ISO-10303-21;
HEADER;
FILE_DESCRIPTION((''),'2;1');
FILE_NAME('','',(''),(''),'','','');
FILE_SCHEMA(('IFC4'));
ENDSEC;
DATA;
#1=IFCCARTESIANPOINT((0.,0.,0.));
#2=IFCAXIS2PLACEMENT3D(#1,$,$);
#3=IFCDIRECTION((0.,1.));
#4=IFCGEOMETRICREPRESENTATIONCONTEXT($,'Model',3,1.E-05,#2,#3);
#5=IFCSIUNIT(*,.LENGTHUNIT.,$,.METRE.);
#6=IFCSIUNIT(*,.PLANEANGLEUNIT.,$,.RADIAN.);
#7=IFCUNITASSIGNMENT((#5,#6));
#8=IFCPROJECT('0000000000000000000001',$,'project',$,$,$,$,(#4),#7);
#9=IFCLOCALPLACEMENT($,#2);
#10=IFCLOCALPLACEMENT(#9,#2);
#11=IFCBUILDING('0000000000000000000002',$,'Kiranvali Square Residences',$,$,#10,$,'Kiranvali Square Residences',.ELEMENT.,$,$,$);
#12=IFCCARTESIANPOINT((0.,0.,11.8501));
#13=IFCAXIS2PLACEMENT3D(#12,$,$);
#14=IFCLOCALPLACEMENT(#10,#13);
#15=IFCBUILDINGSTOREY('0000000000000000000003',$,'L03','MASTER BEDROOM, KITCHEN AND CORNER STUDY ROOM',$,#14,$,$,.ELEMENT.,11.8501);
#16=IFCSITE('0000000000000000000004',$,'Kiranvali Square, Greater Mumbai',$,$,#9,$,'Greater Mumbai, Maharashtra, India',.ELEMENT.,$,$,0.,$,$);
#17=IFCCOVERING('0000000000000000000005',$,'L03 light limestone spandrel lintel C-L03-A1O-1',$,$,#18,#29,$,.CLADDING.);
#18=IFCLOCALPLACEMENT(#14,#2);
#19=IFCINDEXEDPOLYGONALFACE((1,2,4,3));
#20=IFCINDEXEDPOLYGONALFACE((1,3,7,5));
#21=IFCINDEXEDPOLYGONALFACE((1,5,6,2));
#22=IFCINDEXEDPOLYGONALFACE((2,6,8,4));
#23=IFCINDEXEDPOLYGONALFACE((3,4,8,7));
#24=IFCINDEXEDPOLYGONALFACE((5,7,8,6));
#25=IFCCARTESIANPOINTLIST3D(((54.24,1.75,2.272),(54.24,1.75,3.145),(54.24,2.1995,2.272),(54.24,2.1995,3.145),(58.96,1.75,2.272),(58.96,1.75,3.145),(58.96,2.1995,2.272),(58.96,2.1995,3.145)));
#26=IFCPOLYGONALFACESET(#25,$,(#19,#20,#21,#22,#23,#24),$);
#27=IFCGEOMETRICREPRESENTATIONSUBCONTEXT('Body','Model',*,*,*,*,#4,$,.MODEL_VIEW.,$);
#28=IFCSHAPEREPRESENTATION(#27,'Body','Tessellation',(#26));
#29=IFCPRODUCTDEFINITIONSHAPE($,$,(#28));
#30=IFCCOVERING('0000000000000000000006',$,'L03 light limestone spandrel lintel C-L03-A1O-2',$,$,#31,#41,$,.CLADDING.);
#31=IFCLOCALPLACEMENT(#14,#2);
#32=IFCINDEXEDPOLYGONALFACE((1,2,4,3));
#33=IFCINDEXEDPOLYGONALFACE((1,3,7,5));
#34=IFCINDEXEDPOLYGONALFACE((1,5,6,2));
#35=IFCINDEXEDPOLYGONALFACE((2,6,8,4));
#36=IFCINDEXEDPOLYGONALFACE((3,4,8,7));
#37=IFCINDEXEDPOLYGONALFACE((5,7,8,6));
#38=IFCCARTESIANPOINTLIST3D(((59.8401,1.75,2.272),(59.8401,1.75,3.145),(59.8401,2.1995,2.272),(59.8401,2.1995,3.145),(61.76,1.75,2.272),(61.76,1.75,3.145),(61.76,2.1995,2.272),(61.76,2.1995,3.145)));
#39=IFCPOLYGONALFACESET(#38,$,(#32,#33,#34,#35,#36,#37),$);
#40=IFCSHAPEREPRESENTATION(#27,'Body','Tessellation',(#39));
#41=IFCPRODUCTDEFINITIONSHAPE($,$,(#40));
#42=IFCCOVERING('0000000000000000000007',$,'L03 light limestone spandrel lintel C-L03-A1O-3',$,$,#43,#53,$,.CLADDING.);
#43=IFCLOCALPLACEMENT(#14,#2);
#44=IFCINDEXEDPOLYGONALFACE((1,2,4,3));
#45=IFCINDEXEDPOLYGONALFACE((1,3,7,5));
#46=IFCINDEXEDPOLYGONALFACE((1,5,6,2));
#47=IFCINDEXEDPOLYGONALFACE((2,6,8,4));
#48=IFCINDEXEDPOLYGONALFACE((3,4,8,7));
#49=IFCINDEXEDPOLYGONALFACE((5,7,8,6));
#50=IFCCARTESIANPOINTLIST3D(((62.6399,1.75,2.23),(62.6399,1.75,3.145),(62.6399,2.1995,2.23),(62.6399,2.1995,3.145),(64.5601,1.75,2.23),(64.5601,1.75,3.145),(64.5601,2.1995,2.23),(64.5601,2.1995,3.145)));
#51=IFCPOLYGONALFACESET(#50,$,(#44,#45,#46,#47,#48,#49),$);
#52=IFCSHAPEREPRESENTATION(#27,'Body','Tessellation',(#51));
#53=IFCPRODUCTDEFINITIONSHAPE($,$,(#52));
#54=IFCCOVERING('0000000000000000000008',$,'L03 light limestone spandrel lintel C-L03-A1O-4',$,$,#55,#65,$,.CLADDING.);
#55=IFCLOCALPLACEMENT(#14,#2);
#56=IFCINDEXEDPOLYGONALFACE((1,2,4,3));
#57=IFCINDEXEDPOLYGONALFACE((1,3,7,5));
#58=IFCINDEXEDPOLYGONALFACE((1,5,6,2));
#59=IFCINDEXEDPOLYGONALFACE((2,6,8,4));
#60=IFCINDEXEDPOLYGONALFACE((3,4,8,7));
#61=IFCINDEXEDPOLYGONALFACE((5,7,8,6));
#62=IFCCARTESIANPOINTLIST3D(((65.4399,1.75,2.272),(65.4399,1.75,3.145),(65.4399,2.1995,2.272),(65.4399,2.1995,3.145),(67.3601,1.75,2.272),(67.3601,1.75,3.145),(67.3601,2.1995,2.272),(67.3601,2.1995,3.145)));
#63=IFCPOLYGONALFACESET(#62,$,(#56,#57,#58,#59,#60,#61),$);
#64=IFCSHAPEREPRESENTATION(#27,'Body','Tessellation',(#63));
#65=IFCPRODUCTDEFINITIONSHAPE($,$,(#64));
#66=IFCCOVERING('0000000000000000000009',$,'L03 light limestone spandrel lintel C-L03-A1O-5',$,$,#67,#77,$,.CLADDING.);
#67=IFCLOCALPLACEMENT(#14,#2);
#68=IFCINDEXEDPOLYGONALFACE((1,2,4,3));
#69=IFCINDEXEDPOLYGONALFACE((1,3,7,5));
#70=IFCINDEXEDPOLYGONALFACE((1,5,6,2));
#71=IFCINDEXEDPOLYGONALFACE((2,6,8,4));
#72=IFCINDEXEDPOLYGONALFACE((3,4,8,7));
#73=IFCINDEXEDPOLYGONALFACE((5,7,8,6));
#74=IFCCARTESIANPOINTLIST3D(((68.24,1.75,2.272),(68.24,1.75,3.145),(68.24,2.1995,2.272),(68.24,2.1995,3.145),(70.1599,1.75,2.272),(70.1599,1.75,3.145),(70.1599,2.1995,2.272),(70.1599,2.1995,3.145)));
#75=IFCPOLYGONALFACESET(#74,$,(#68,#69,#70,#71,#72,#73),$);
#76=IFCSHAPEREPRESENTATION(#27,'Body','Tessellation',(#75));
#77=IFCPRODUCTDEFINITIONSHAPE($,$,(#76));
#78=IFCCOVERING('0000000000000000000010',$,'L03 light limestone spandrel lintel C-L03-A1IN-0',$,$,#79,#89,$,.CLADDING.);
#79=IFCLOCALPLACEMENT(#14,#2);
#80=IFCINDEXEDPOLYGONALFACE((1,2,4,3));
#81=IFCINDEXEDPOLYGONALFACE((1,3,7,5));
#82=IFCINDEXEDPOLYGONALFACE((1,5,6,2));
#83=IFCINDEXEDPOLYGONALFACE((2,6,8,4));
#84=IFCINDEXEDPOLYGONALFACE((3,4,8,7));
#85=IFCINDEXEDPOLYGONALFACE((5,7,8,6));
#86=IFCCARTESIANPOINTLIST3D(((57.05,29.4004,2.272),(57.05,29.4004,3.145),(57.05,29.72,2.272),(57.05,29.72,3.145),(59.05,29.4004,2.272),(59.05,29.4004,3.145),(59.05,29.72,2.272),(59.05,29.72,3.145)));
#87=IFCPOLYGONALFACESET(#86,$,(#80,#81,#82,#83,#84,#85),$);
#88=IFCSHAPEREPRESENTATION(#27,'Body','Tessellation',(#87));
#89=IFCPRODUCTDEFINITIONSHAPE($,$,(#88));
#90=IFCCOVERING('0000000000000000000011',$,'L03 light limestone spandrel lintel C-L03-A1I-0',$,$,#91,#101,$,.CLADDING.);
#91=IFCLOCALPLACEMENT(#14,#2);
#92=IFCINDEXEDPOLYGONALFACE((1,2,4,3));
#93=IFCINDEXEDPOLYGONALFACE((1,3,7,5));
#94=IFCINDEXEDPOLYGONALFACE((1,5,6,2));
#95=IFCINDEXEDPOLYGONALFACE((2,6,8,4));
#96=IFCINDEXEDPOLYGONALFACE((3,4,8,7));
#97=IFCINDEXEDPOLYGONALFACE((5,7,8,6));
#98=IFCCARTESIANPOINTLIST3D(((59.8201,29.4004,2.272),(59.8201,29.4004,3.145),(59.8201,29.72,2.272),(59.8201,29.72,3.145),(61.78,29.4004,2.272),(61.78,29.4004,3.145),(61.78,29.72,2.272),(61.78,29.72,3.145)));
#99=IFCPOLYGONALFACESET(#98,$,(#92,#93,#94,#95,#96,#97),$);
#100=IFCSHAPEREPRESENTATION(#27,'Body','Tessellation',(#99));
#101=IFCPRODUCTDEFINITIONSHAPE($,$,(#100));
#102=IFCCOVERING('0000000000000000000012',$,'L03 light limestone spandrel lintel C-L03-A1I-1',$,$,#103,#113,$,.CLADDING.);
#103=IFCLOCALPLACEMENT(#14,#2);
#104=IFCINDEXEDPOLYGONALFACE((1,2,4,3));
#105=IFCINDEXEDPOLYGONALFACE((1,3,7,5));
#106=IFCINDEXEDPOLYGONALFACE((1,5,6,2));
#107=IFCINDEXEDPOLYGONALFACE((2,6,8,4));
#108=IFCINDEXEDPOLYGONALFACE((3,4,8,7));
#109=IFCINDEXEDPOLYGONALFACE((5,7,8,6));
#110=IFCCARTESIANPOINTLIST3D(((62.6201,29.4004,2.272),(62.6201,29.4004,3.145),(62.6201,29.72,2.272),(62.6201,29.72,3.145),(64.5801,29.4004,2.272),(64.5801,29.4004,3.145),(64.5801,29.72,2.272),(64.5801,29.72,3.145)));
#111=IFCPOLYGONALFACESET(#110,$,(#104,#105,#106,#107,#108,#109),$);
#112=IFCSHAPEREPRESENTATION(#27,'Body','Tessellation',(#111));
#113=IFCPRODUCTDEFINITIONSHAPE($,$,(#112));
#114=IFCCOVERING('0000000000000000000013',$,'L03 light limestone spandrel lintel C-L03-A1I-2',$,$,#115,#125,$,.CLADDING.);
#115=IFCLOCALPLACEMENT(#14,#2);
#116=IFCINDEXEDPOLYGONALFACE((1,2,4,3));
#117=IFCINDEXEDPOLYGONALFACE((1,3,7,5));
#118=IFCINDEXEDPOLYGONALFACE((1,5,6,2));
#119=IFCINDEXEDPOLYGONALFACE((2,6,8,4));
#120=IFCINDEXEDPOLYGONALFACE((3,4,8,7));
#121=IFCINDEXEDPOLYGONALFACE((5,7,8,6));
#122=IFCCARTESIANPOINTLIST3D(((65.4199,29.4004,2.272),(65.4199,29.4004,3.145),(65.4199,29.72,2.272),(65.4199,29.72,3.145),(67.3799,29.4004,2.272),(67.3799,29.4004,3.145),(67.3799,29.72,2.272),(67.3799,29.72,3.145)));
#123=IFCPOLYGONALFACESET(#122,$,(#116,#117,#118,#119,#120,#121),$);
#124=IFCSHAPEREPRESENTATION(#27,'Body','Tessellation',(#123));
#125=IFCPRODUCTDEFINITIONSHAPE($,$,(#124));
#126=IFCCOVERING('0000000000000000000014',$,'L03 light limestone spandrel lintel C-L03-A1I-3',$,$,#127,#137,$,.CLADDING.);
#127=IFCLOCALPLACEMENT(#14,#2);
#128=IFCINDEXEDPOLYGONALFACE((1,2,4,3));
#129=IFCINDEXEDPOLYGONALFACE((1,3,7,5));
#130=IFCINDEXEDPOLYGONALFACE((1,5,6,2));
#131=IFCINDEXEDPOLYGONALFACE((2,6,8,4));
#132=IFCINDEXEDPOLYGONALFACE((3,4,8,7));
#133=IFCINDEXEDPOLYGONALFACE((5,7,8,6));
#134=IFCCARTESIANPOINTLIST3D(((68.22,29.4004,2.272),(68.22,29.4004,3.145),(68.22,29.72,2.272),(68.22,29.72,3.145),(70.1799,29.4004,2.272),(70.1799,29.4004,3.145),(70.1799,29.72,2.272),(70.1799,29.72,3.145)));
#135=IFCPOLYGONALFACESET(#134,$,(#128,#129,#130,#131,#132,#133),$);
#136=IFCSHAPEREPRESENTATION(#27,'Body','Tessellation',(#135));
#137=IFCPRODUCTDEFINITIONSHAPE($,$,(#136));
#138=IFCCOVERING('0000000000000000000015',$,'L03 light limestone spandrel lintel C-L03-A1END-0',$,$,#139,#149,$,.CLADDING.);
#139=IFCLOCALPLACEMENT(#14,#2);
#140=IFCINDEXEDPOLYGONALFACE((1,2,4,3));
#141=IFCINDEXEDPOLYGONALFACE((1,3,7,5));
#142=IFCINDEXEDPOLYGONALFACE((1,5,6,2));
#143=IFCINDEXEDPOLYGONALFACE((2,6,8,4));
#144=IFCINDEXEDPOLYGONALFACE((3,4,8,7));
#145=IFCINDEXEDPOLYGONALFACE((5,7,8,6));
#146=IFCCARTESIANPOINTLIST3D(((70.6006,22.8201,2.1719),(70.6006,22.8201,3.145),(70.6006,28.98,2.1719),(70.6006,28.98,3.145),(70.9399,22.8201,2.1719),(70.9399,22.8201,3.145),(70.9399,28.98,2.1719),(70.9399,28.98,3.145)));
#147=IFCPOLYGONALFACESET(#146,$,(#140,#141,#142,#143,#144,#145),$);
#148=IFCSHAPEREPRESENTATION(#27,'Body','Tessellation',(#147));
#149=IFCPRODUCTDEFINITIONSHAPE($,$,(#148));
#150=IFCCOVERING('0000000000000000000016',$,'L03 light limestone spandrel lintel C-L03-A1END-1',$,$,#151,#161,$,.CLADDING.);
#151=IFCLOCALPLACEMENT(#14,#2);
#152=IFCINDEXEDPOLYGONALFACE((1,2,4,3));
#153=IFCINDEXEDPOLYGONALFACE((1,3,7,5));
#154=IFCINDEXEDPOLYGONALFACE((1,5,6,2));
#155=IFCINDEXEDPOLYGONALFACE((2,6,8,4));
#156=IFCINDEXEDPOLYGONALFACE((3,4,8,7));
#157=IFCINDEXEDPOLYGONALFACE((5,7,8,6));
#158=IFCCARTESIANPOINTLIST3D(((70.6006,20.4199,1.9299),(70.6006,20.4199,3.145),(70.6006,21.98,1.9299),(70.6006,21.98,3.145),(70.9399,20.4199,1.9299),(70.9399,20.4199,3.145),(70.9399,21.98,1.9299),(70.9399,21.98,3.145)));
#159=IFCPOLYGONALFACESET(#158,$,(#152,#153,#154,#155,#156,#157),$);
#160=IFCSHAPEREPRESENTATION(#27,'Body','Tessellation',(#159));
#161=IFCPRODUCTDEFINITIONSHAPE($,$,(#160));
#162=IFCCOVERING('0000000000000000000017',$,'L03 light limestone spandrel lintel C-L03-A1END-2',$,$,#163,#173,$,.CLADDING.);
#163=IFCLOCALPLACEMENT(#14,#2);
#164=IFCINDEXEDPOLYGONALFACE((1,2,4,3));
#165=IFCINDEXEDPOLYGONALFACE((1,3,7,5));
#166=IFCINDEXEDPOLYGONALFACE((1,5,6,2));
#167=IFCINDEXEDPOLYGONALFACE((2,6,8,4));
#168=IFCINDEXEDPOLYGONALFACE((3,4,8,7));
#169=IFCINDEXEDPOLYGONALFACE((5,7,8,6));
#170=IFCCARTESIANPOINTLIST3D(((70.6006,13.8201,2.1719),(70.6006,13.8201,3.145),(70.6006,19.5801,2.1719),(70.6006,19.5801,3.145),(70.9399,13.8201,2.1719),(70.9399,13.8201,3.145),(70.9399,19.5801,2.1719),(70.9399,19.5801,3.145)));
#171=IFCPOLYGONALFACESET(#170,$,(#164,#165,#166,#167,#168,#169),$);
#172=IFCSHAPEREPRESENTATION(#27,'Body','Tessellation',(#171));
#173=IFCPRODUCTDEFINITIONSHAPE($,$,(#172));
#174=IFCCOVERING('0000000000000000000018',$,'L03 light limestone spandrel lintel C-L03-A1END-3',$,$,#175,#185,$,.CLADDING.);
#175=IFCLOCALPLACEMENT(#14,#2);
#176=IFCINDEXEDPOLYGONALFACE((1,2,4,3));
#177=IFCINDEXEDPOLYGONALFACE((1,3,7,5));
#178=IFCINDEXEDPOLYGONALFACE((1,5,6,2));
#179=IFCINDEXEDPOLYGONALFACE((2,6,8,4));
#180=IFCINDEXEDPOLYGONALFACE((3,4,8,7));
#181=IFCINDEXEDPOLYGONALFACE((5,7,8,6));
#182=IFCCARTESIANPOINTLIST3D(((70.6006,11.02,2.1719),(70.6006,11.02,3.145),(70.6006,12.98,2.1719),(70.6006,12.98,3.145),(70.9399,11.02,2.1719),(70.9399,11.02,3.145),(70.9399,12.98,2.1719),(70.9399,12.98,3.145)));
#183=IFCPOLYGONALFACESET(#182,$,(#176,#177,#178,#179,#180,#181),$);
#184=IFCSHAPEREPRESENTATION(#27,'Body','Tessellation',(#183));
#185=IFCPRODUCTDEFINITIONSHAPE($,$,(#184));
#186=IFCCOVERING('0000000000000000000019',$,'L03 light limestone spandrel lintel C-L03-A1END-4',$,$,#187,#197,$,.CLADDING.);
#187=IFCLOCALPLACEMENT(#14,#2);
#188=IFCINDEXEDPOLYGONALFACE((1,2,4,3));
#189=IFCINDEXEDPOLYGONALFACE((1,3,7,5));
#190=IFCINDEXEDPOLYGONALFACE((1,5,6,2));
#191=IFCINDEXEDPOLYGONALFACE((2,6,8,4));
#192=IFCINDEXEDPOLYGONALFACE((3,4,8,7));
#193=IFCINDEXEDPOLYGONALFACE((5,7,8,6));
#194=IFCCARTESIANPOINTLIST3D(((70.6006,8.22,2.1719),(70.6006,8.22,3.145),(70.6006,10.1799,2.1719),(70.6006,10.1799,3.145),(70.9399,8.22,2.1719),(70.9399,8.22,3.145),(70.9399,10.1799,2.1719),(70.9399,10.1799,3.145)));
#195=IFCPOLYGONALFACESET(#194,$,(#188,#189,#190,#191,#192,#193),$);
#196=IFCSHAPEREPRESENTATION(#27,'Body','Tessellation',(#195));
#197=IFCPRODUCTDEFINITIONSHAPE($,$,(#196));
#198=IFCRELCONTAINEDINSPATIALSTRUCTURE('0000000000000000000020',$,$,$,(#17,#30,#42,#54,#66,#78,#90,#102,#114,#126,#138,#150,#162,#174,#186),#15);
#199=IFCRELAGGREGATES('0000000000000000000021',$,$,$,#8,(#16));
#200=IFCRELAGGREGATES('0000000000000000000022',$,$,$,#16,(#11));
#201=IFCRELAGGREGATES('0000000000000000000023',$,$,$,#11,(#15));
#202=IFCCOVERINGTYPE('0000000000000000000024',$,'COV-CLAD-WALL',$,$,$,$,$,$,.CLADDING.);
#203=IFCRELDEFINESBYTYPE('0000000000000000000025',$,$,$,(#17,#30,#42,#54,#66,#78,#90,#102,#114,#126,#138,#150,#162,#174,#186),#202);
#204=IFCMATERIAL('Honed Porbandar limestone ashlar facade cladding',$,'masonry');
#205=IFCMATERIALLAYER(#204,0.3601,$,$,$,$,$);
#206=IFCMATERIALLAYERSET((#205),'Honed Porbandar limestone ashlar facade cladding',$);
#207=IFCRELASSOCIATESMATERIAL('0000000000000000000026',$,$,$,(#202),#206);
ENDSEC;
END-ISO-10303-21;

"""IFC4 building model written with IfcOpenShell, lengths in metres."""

from ifc_helpers import new_model, si_unit, direction, frame, origin, place, context, subcontext, project, spatial, polyline, outline, extrude, material, layer, layer_set, type_object, element, save


model = new_model("IFC4")

# Units and contexts
model_context = context("Model", 3, precision=1e-05, world=origin(), true_north=direction((0.0, 1.0)))
body_context = subcontext(model_context, "Body", "Model", "MODEL_VIEW")
ifc_project = project(units=[si_unit("LENGTHUNIT", "METRE"), si_unit("PLANEANGLEUNIT", "RADIAN")], contexts=[model_context])

# Site, building, storey
site_placement = place(None, origin())
site = spatial("IfcSite", under=ifc_project, at=site_placement, Name="Kiranvali Square, Greater Mumbai", LongName="Greater Mumbai, Maharashtra, India", CompositionType="ELEMENT", RefElevation=0.0)
building_placement = place(site_placement, origin())
building = spatial("IfcBuilding", under=site, at=building_placement, Name="Kiranvali Square Residences", LongName="Kiranvali Square Residences", CompositionType="ELEMENT")
storey_placement = place(building_placement, frame((0.0, 0.0, 11.8501)))
storey = spatial("IfcBuildingStorey", under=building, at=storey_placement, Name="L03", Description="MASTER BEDROOM, KITCHEN AND CORNER STUDY ROOM", CompositionType="ELEMENT", Elevation=11.8501)

# Coverings
ifc_material = material(Name="Honed Porbandar limestone ashlar facade cladding", Category="masonry")
ifc_layer_1 = layer(ifc_material, 0.3601)
ifc_layer_set_1 = layer_set([ifc_layer_1], Name="Honed Porbandar limestone ashlar facade cladding")
covering_type_1 = type_object("IfcCoveringType", Name="COV-CLAD-WALL", PredefinedType="CLADDING", material=ifc_layer_set_1)
covering_1_placement = place(storey_placement, frame((0.0, 0.0, 2.272)))
element("IfcCovering", 1, at=covering_1_placement, inside=storey, type_object=covering_type_1, Name="L03 light limestone spandrel lintel C-L03-A1O-1", PredefinedType="CLADDING", context=body_context, shape_type="SweptSolid", body=[
    extrude(outline(polyline([(54.24, 1.75), (58.96, 1.75), (58.96, 2.1995), (54.24, 2.1995), (54.24, 1.75)])), origin(), (0.0, 0.0, 1.0), 0.873),
])
covering_2_placement = place(storey_placement, frame((0.0, 0.0, 2.272)))
element("IfcCovering", 2, at=covering_2_placement, inside=storey, type_object=covering_type_1, Name="L03 light limestone spandrel lintel C-L03-A1O-2", PredefinedType="CLADDING", context=body_context, shape_type="SweptSolid", body=[
    extrude(outline(polyline([(59.8401, 1.75), (61.76, 1.75), (61.76, 2.1995), (59.8401, 2.1995), (59.8401, 1.75)])), origin(), (0.0, 0.0, 1.0), 0.873),
])
covering_3_placement = place(storey_placement, frame((0.0, 0.0, 2.23)))
element("IfcCovering", 3, at=covering_3_placement, inside=storey, type_object=covering_type_1, Name="L03 light limestone spandrel lintel C-L03-A1O-3", PredefinedType="CLADDING", context=body_context, shape_type="SweptSolid", body=[
    extrude(outline(polyline([(62.6399, 1.75), (64.5601, 1.75), (64.5601, 2.1995), (62.6399, 2.1995), (62.6399, 1.75)])), origin(), (0.0, 0.0, 1.0), 0.915),
])
covering_4_placement = place(storey_placement, frame((0.0, 0.0, 2.272)))
element("IfcCovering", 4, at=covering_4_placement, inside=storey, type_object=covering_type_1, Name="L03 light limestone spandrel lintel C-L03-A1O-4", PredefinedType="CLADDING", context=body_context, shape_type="SweptSolid", body=[
    extrude(outline(polyline([(65.4399, 1.75), (67.3601, 1.75), (67.3601, 2.1995), (65.4399, 2.1995), (65.4399, 1.75)])), origin(), (0.0, 0.0, 1.0), 0.873),
])
covering_5_placement = place(storey_placement, frame((0.0, 0.0, 2.272)))
element("IfcCovering", 5, at=covering_5_placement, inside=storey, type_object=covering_type_1, Name="L03 light limestone spandrel lintel C-L03-A1O-5", PredefinedType="CLADDING", context=body_context, shape_type="SweptSolid", body=[
    extrude(outline(polyline([(68.24, 1.75), (70.1599, 1.75), (70.1599, 2.1995), (68.24, 2.1995), (68.24, 1.75)])), origin(), (0.0, 0.0, 1.0), 0.873),
])
covering_6_placement = place(storey_placement, frame((0.0, 0.0, 2.272)))
element("IfcCovering", 6, at=covering_6_placement, inside=storey, type_object=covering_type_1, Name="L03 light limestone spandrel lintel C-L03-A1IN-0", PredefinedType="CLADDING", context=body_context, shape_type="SweptSolid", body=[
    extrude(outline(polyline([(57.05, 29.4004), (59.05, 29.4004), (59.05, 29.72), (57.05, 29.72), (57.05, 29.4004)])), origin(), (0.0, 0.0, 1.0), 0.873),
])
covering_7_placement = place(storey_placement, frame((0.0, 0.0, 2.272)))
element("IfcCovering", 7, at=covering_7_placement, inside=storey, type_object=covering_type_1, Name="L03 light limestone spandrel lintel C-L03-A1I-0", PredefinedType="CLADDING", context=body_context, shape_type="SweptSolid", body=[
    extrude(outline(polyline([(59.8201, 29.4004), (61.78, 29.4004), (61.78, 29.72), (59.8201, 29.72), (59.8201, 29.4004)])), origin(), (0.0, 0.0, 1.0), 0.873),
])
covering_8_placement = place(storey_placement, frame((0.0, 0.0, 2.272)))
element("IfcCovering", 8, at=covering_8_placement, inside=storey, type_object=covering_type_1, Name="L03 light limestone spandrel lintel C-L03-A1I-1", PredefinedType="CLADDING", context=body_context, shape_type="SweptSolid", body=[
    extrude(outline(polyline([(62.6201, 29.4004), (64.5801, 29.4004), (64.5801, 29.72), (62.6201, 29.72), (62.6201, 29.4004)])), origin(), (0.0, 0.0, 1.0), 0.873),
])
covering_9_placement = place(storey_placement, frame((0.0, 0.0, 2.272)))
element("IfcCovering", 9, at=covering_9_placement, inside=storey, type_object=covering_type_1, Name="L03 light limestone spandrel lintel C-L03-A1I-2", PredefinedType="CLADDING", context=body_context, shape_type="SweptSolid", body=[
    extrude(outline(polyline([(65.4199, 29.4004), (67.3799, 29.4004), (67.3799, 29.72), (65.4199, 29.72), (65.4199, 29.4004)])), origin(), (0.0, 0.0, 1.0), 0.873),
])
covering_10_placement = place(storey_placement, frame((0.0, 0.0, 2.272)))
element("IfcCovering", 10, at=covering_10_placement, inside=storey, type_object=covering_type_1, Name="L03 light limestone spandrel lintel C-L03-A1I-3", PredefinedType="CLADDING", context=body_context, shape_type="SweptSolid", body=[
    extrude(outline(polyline([(68.22, 29.4004), (70.1799, 29.4004), (70.1799, 29.72), (68.22, 29.72), (68.22, 29.4004)])), origin(), (0.0, 0.0, 1.0), 0.873),
])
covering_11_placement = place(storey_placement, frame((0.0, 0.0, 2.1719)))
element("IfcCovering", 11, at=covering_11_placement, inside=storey, type_object=covering_type_1, Name="L03 light limestone spandrel lintel C-L03-A1END-0", PredefinedType="CLADDING", context=body_context, shape_type="SweptSolid", body=[
    extrude(outline(polyline([(70.6006, 28.98), (70.6006, 22.8201), (70.9399, 22.8201), (70.9399, 28.98), (70.6006, 28.98)])), origin(), (0.0, 0.0, 1.0), 0.9731),
])
covering_12_placement = place(storey_placement, frame((0.0, 0.0, 1.9299)))
element("IfcCovering", 12, at=covering_12_placement, inside=storey, type_object=covering_type_1, Name="L03 light limestone spandrel lintel C-L03-A1END-1", PredefinedType="CLADDING", context=body_context, shape_type="SweptSolid", body=[
    extrude(outline(polyline([(70.6006, 21.98), (70.6006, 20.4199), (70.9399, 20.4199), (70.9399, 21.98), (70.6006, 21.98)])), origin(), (0.0, 0.0, 1.0), 1.2151),
])
covering_13_placement = place(storey_placement, frame((0.0, 0.0, 2.1719)))
element("IfcCovering", 13, at=covering_13_placement, inside=storey, type_object=covering_type_1, Name="L03 light limestone spandrel lintel C-L03-A1END-2", PredefinedType="CLADDING", context=body_context, shape_type="SweptSolid", body=[
    extrude(outline(polyline([(70.6006, 19.5801), (70.6006, 13.8201), (70.9399, 13.8201), (70.9399, 19.5801), (70.6006, 19.5801)])), origin(), (0.0, 0.0, 1.0), 0.9731),
])
covering_14_placement = place(storey_placement, frame((0.0, 0.0, 2.1719)))
element("IfcCovering", 14, at=covering_14_placement, inside=storey, type_object=covering_type_1, Name="L03 light limestone spandrel lintel C-L03-A1END-3", PredefinedType="CLADDING", context=body_context, shape_type="SweptSolid", body=[
    extrude(outline(polyline([(70.6006, 12.98), (70.6006, 11.02), (70.9399, 11.02), (70.9399, 12.98), (70.6006, 12.98)])), origin(), (0.0, 0.0, 1.0), 0.9731),
])
covering_15_placement = place(storey_placement, frame((0.0, 0.0, 2.1719)))
element("IfcCovering", 15, at=covering_15_placement, inside=storey, type_object=covering_type_1, Name="L03 light limestone spandrel lintel C-L03-A1END-4", PredefinedType="CLADDING", context=body_context, shape_type="SweptSolid", body=[
    extrude(outline(polyline([(70.6006, 10.1799), (70.6006, 8.22), (70.9399, 8.22), (70.9399, 10.1799), (70.6006, 10.1799)])), origin(), (0.0, 0.0, 1.0), 0.9731),
])

save(model, "model.ifc")
